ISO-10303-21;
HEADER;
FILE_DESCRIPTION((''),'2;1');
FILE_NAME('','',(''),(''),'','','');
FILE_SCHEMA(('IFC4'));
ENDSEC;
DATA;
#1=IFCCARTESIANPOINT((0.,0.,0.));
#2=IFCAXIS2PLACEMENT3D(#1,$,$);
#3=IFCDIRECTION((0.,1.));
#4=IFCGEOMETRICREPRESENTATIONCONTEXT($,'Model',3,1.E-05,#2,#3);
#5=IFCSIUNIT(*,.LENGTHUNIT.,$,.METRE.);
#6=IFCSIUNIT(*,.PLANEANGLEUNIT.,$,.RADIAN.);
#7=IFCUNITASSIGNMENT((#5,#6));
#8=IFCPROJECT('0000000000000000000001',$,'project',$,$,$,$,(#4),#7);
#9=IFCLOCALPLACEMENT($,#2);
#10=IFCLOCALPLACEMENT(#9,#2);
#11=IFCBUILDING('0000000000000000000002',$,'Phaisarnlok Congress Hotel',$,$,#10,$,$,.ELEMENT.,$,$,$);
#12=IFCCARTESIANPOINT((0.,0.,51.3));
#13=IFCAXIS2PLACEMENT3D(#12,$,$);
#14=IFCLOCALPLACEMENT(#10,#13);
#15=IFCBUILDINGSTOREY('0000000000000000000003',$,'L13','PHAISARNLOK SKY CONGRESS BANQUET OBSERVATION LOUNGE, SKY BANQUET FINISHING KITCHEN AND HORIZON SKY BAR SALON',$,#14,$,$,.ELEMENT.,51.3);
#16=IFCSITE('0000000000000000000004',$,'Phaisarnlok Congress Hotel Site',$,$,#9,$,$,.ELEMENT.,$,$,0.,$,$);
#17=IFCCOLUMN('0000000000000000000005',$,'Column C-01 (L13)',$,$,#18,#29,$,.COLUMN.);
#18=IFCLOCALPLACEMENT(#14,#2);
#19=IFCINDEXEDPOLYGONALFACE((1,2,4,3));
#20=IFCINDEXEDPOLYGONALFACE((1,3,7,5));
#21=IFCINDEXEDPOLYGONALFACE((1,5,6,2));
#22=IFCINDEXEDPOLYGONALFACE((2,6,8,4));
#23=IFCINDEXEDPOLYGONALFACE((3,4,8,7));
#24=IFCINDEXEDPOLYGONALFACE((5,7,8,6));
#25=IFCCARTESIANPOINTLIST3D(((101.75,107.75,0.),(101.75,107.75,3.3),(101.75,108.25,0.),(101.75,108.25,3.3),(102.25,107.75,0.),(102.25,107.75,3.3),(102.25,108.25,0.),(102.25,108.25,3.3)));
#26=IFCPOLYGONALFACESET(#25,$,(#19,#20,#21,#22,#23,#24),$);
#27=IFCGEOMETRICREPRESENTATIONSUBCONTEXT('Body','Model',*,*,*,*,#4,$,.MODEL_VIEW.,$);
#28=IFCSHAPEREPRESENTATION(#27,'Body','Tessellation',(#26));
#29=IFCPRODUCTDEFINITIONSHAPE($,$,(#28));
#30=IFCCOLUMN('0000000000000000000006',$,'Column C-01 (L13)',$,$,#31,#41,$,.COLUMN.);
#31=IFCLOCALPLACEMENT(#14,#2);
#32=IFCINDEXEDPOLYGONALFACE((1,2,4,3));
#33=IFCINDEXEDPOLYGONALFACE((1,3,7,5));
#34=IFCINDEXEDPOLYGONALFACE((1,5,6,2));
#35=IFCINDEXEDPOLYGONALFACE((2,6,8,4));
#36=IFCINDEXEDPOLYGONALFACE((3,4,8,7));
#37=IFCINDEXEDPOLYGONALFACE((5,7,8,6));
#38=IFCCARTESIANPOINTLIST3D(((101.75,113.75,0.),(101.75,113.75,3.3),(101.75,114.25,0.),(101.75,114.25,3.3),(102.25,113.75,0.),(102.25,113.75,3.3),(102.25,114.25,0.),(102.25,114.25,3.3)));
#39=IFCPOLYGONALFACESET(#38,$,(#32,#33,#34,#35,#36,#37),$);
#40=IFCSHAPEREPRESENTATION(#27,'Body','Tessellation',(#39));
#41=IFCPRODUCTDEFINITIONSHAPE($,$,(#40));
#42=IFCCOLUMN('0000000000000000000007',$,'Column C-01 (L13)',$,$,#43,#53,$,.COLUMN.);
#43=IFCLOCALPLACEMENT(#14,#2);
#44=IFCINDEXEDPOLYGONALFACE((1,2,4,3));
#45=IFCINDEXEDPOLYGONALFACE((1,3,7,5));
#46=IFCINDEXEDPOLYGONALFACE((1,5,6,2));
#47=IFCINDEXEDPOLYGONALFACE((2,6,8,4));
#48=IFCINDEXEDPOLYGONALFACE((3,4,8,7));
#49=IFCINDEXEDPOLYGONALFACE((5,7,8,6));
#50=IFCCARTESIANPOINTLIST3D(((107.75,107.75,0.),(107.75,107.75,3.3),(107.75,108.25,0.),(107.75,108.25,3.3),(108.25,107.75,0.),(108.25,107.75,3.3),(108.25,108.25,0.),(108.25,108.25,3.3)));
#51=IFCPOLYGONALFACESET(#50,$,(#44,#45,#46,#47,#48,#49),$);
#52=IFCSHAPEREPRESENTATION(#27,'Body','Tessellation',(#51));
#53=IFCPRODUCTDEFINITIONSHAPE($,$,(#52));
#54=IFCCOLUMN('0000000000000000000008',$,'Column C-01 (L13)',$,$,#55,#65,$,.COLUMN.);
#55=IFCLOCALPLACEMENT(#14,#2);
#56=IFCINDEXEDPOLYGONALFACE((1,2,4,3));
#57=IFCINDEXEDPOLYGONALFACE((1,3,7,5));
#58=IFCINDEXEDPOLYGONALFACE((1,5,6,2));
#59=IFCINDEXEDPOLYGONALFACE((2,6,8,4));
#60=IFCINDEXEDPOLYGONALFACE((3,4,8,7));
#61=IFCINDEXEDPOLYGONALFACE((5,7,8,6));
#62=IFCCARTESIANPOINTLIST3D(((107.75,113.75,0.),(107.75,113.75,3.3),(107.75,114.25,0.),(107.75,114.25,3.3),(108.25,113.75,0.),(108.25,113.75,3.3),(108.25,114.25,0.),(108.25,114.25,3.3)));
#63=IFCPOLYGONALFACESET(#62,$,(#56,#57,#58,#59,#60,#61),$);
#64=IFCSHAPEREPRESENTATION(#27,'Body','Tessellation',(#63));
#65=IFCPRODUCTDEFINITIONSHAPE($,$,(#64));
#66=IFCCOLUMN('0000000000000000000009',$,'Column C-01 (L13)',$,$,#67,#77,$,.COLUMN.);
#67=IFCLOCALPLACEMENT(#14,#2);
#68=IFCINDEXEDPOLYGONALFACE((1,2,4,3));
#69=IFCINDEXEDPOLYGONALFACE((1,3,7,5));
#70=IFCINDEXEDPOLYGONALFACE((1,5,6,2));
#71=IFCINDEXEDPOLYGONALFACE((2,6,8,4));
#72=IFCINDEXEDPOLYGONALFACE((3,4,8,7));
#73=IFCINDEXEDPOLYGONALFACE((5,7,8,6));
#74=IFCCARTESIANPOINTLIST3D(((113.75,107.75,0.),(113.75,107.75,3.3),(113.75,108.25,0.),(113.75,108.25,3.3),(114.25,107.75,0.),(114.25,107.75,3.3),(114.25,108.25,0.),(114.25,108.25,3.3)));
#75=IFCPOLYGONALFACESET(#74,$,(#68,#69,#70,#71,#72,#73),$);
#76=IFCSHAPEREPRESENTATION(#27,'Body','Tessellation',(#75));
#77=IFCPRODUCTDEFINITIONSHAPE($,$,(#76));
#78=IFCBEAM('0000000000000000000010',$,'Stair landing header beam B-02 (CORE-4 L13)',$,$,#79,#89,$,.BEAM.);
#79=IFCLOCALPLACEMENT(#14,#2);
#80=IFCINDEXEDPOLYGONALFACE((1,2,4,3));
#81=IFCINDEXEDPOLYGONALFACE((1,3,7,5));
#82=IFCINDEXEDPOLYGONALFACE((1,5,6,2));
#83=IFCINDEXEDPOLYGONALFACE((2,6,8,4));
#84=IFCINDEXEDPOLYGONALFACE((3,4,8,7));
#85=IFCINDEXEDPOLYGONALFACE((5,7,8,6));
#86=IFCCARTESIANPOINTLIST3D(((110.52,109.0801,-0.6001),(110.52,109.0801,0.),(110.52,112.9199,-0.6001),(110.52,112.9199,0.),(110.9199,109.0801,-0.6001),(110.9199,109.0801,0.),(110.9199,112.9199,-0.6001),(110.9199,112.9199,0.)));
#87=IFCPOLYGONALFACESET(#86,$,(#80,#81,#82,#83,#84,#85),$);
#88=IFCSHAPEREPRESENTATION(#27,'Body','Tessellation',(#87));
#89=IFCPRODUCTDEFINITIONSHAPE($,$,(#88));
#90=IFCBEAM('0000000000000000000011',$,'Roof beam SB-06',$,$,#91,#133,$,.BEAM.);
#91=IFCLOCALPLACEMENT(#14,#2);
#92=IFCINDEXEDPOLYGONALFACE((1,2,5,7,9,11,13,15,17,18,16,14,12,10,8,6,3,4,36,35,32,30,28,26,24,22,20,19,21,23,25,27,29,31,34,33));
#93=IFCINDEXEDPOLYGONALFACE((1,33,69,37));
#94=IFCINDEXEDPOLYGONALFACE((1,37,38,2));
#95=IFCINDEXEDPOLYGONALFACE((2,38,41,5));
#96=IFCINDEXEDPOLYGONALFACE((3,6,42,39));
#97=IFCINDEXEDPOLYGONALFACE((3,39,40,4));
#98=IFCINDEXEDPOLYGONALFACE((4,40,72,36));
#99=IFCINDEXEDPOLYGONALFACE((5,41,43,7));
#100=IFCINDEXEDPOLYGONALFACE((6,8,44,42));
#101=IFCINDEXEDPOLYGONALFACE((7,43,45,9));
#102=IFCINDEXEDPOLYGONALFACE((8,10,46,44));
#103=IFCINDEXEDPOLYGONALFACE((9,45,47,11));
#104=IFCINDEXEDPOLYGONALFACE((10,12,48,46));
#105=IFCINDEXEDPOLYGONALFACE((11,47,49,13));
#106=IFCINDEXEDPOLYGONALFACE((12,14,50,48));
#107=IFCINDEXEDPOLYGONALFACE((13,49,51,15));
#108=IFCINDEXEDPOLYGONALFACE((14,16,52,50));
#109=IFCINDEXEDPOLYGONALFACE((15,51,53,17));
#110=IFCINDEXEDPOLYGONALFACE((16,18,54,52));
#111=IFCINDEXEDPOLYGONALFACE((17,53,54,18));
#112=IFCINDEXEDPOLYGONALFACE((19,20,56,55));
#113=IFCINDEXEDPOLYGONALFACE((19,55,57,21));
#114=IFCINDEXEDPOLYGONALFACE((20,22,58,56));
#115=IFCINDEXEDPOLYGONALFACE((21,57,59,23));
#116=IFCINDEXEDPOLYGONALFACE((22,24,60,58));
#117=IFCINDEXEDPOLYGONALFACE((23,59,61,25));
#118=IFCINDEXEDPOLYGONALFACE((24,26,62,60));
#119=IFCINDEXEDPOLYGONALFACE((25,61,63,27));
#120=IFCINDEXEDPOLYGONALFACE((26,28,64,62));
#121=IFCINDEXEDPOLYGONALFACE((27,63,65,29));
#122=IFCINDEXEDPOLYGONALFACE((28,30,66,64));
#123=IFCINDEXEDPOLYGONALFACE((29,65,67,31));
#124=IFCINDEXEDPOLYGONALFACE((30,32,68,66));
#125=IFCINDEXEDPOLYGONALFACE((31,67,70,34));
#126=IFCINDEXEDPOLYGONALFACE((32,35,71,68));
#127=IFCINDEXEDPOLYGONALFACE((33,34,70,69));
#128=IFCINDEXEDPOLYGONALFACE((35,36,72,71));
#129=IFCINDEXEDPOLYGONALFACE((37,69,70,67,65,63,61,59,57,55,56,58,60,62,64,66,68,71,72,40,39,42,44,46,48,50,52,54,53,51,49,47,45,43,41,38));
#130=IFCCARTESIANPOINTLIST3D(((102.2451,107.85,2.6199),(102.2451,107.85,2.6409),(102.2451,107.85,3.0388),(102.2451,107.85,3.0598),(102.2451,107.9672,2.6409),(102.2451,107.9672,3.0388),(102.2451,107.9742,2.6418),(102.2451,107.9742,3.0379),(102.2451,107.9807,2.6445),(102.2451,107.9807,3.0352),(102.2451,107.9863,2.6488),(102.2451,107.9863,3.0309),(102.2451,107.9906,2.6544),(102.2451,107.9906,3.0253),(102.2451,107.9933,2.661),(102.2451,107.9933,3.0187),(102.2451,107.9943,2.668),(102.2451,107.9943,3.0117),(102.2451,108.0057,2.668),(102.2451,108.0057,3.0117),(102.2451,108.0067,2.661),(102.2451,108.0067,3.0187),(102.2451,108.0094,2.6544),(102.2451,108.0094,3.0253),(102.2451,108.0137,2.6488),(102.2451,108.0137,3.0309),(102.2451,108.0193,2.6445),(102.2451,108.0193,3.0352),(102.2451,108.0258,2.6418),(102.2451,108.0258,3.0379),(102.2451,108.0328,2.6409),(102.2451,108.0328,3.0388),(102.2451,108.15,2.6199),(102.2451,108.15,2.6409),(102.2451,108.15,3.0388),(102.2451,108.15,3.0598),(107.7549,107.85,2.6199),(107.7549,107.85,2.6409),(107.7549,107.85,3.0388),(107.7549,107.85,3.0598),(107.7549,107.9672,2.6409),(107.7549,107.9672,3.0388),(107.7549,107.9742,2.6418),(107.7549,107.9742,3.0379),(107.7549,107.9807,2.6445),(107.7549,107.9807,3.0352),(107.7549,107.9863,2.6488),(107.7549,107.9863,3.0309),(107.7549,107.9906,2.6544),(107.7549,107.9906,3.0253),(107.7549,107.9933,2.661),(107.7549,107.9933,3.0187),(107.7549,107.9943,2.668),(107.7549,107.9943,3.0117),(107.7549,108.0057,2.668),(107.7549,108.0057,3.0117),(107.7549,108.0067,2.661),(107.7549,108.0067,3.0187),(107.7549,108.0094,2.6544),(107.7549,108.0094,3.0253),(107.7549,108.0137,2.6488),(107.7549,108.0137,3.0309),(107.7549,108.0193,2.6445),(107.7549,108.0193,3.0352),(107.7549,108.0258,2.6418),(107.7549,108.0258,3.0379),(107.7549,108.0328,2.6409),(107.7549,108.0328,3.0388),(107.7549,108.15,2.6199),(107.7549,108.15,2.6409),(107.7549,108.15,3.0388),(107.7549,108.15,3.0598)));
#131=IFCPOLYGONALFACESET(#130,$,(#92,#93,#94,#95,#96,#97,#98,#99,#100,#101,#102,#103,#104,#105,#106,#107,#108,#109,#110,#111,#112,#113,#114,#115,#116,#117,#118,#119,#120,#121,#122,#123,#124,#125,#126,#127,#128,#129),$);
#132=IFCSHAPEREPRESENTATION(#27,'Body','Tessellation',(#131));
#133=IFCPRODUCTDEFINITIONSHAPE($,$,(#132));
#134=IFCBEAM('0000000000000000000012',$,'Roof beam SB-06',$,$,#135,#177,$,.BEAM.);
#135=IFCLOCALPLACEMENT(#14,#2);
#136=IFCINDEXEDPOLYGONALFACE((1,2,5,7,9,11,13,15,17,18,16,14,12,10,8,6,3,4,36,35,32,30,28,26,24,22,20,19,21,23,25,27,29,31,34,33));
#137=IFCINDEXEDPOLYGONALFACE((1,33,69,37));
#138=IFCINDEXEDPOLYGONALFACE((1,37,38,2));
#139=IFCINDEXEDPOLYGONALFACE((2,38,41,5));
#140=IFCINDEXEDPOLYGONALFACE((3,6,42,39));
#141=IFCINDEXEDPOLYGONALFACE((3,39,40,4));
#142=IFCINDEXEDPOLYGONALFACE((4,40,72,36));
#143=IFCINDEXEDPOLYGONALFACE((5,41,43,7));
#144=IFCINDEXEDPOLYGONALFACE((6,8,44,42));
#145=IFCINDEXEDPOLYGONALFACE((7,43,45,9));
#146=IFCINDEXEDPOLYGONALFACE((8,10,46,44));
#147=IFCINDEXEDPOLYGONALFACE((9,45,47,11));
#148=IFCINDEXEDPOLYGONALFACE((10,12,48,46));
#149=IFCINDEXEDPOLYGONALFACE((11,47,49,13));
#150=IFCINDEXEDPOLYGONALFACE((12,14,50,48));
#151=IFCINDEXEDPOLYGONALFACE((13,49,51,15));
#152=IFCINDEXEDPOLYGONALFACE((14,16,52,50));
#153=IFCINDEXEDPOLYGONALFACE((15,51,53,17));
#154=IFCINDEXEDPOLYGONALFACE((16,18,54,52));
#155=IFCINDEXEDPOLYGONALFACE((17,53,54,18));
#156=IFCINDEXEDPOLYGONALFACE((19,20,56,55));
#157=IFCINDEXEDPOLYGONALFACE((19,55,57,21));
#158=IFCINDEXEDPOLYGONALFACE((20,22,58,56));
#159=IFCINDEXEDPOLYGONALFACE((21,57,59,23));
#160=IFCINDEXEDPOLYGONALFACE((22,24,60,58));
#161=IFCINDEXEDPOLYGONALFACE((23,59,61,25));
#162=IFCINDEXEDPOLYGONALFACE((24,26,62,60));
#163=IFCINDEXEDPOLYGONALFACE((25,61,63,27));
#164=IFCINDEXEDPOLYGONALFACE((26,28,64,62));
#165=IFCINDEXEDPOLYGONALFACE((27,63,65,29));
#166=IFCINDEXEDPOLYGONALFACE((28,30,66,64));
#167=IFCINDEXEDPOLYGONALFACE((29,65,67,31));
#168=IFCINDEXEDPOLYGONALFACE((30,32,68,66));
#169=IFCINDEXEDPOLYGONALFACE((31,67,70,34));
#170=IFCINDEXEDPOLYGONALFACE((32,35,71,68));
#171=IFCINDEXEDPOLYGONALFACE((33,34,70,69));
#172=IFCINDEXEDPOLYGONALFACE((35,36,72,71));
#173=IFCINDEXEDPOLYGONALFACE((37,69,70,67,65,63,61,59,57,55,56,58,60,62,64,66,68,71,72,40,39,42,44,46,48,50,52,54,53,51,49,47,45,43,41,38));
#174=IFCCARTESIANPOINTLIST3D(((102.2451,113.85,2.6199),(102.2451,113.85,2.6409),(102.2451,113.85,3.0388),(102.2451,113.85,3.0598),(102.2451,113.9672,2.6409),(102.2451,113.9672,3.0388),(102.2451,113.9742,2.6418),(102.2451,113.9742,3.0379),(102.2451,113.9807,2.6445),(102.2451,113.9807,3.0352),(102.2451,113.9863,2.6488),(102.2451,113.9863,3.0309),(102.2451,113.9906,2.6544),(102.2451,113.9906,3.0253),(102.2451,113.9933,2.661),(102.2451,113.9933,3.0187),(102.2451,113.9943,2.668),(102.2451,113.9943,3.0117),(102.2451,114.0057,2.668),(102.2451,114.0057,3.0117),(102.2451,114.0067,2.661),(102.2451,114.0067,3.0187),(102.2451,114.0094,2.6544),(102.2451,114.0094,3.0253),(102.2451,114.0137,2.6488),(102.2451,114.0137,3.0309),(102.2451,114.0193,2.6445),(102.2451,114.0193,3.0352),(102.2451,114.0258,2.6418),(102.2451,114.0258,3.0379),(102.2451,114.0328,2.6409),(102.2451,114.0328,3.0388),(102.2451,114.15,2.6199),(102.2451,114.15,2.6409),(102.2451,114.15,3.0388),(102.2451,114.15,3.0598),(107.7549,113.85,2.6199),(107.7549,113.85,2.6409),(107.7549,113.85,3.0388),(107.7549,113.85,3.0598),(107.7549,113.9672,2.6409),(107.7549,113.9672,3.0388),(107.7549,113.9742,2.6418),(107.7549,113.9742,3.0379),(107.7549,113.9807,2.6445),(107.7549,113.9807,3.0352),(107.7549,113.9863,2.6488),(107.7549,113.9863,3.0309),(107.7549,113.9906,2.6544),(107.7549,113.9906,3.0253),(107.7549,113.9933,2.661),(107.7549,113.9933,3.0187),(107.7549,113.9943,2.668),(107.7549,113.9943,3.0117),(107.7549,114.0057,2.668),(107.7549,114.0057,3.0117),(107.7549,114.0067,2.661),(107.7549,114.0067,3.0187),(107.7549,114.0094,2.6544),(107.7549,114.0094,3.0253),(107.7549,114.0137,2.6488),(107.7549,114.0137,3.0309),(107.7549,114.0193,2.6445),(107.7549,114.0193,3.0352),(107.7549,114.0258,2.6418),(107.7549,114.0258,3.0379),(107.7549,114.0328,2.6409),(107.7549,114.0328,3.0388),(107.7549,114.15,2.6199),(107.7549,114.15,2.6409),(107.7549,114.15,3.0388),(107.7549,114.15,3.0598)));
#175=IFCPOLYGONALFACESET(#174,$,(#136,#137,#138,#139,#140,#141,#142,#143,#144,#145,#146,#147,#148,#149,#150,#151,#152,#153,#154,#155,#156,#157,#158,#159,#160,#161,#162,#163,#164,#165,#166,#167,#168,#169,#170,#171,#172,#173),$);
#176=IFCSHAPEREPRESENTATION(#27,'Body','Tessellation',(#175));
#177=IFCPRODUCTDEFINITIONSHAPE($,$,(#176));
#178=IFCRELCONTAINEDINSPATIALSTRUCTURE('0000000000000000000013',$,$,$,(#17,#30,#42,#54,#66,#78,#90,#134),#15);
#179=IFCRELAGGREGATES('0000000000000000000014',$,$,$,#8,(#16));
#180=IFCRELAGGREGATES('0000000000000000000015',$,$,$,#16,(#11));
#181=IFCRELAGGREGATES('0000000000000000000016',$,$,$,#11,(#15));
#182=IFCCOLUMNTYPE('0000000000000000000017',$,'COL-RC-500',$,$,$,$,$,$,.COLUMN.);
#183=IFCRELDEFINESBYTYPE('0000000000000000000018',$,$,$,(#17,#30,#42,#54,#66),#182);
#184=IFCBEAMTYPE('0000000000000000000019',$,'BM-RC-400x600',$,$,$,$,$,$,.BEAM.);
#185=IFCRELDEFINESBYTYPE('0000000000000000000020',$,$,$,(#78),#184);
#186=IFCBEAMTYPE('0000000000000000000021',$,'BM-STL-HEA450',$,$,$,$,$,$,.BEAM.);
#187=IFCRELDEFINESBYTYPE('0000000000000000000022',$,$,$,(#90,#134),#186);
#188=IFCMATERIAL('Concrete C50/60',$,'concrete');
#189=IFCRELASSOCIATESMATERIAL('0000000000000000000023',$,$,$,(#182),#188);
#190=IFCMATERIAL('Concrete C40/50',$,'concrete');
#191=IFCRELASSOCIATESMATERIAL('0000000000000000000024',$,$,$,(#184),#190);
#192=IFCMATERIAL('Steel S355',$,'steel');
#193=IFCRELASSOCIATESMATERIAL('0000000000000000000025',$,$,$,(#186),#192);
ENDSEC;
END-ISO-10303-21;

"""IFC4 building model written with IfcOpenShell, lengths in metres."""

from ifc_helpers import new_model, si_unit, direction, frame, origin, origin_2d, place, context, subcontext, project, spatial, rectangle, i_section, extrude, material, material_profile, profile_set, type_object, element, save


model = new_model("IFC4")

# Units and contexts
model_context = context("Model", 3, precision=1e-05, world=origin(), true_north=direction((0.0, 1.0)))
body_context = subcontext(model_context, "Body", "Model", "MODEL_VIEW")
ifc_project = project(units=[si_unit("LENGTHUNIT", "METRE"), si_unit("PLANEANGLEUNIT", "RADIAN")], contexts=[model_context])

# Site, building, storey
site_placement = place(None, origin())
site = spatial("IfcSite", under=ifc_project, at=site_placement, Name="Phaisarnlok Congress Hotel Site", CompositionType="ELEMENT", RefElevation=0.0)
building_placement = place(site_placement, origin())
building = spatial("IfcBuilding", under=site, at=building_placement, Name="Phaisarnlok Congress Hotel", CompositionType="ELEMENT")
storey_placement = place(building_placement, frame((0.0, 0.0, 51.3)))
storey = spatial("IfcBuildingStorey", under=building, at=storey_placement, Name="L13", Description="PHAISARNLOK SKY CONGRESS BANQUET OBSERVATION LOUNGE, SKY BANQUET FINISHING KITCHEN AND HORIZON SKY BAR SALON", CompositionType="ELEMENT", Elevation=51.3)

# Columns
ifc_material_1 = material(Name="Concrete C50/60", Category="concrete")
ifc_material_profile_1 = material_profile(ifc_material_1, rectangle(XDim=0.5, YDim=0.5, at=origin_2d()), Name="RC 500x500")
ifc_profile_set_1 = profile_set([ifc_material_profile_1], Name="Concrete C50/60")
column_type = type_object("IfcColumnType", Name="COL-RC-500", PredefinedType="COLUMN", material=ifc_profile_set_1)
for number, where, z_axis, x_axis, name in (
    (1, (102.0, 108.0, 0.0), (0.0, 0.0, 1.0), (1.0, 0.0, 0.0), "Column C-01 (L13)"),
    (2, (102.0, 114.0, 0.0), (0.0, 0.0, 1.0), (1.0, 0.0, 0.0), "Column C-01 (L13)"),
    (3, (108.0, 108.0, 0.0), (0.0, 0.0, 1.0), (1.0, 0.0, 0.0), "Column C-01 (L13)"),
    (4, (108.0, 114.0, 0.0), (0.0, 0.0, 1.0), (1.0, 0.0, 0.0), "Column C-01 (L13)"),
    (5, (114.0, 108.0, 0.0), (0.0, 0.0, 1.0), (1.0, 0.0, 0.0), "Column C-01 (L13)"),
):
    element("IfcColumn", number, at=place(storey_placement, frame(where, z_axis=z_axis, x_axis=x_axis)), inside=storey, type_object=column_type, Name=name, PredefinedType="COLUMN", context=body_context, shape_type="SweptSolid", body=[
        extrude(rectangle(XDim=0.5, YDim=0.5, at=origin_2d()), origin(), (0.0, 0.0, 1.0), 3.3),
    ])

# Beams
ifc_material_2 = material(Name="Concrete C40/50", Category="concrete")
ifc_material_profile_2 = material_profile(ifc_material_2, rectangle(XDim=0.3999, YDim=0.6001, at=origin_2d()), Name="RC 400x600")
ifc_profile_set_2 = profile_set([ifc_material_profile_2], Name="Concrete C40/50")
beam_type_1 = type_object("IfcBeamType", Name="BM-RC-400x600", PredefinedType="BEAM", material=ifc_profile_set_2)
beam_1_placement = place(storey_placement, frame((110.72, 109.0801, -0.3), z_axis=(0.0, 1.0, 0.0), x_axis=(-1.0, 0.0, 0.0)))
element("IfcBeam", 6, at=beam_1_placement, inside=storey, type_object=beam_type_1, Name="Stair landing header beam B-02 (CORE-4 L13)", PredefinedType="BEAM", context=body_context, shape_type="SweptSolid", body=[
    extrude(rectangle(XDim=0.3999, YDim=0.6001, at=origin_2d()), origin(), (0.0, 0.0, 1.0), 3.8398),
])
ifc_material_3 = material(Name="Steel S355", Category="steel")
ifc_material_profile_3 = material_profile(ifc_material_3, i_section(OverallWidth=0.3, OverallDepth=0.4399, WebThickness=0.0115, FlangeThickness=0.021, FilletRadius=0.0271, at=origin_2d()), Name="HEA 450")
ifc_profile_set_3 = profile_set([ifc_material_profile_3], Name="Steel S355")
beam_type_2 = type_object("IfcBeamType", Name="BM-STL-HEA450", PredefinedType="BEAM", material=ifc_profile_set_3)
for number, where, z_axis, x_axis, name in (
    (7, (102.2451, 108.0, 2.8398), (1.0, 0.0, 0.0), (0.0, 1.0, 0.0), "Roof beam SB-06"),
    (8, (102.2451, 114.0, 2.8398), (1.0, 0.0, 0.0), (0.0, 1.0, 0.0), "Roof beam SB-06"),
):
    element("IfcBeam", number, at=place(storey_placement, frame(where, z_axis=z_axis, x_axis=x_axis)), inside=storey, type_object=beam_type_2, Name=name, PredefinedType="BEAM", context=body_context, shape_type="SweptSolid", body=[
        extrude(i_section(OverallWidth=0.3, OverallDepth=0.4399, WebThickness=0.0115, FlangeThickness=0.021, FilletRadius=0.0271, at=origin_2d()), origin(), (0.0, 0.0, 1.0), 5.5098),
    ])

save(model, "model.ifc")
